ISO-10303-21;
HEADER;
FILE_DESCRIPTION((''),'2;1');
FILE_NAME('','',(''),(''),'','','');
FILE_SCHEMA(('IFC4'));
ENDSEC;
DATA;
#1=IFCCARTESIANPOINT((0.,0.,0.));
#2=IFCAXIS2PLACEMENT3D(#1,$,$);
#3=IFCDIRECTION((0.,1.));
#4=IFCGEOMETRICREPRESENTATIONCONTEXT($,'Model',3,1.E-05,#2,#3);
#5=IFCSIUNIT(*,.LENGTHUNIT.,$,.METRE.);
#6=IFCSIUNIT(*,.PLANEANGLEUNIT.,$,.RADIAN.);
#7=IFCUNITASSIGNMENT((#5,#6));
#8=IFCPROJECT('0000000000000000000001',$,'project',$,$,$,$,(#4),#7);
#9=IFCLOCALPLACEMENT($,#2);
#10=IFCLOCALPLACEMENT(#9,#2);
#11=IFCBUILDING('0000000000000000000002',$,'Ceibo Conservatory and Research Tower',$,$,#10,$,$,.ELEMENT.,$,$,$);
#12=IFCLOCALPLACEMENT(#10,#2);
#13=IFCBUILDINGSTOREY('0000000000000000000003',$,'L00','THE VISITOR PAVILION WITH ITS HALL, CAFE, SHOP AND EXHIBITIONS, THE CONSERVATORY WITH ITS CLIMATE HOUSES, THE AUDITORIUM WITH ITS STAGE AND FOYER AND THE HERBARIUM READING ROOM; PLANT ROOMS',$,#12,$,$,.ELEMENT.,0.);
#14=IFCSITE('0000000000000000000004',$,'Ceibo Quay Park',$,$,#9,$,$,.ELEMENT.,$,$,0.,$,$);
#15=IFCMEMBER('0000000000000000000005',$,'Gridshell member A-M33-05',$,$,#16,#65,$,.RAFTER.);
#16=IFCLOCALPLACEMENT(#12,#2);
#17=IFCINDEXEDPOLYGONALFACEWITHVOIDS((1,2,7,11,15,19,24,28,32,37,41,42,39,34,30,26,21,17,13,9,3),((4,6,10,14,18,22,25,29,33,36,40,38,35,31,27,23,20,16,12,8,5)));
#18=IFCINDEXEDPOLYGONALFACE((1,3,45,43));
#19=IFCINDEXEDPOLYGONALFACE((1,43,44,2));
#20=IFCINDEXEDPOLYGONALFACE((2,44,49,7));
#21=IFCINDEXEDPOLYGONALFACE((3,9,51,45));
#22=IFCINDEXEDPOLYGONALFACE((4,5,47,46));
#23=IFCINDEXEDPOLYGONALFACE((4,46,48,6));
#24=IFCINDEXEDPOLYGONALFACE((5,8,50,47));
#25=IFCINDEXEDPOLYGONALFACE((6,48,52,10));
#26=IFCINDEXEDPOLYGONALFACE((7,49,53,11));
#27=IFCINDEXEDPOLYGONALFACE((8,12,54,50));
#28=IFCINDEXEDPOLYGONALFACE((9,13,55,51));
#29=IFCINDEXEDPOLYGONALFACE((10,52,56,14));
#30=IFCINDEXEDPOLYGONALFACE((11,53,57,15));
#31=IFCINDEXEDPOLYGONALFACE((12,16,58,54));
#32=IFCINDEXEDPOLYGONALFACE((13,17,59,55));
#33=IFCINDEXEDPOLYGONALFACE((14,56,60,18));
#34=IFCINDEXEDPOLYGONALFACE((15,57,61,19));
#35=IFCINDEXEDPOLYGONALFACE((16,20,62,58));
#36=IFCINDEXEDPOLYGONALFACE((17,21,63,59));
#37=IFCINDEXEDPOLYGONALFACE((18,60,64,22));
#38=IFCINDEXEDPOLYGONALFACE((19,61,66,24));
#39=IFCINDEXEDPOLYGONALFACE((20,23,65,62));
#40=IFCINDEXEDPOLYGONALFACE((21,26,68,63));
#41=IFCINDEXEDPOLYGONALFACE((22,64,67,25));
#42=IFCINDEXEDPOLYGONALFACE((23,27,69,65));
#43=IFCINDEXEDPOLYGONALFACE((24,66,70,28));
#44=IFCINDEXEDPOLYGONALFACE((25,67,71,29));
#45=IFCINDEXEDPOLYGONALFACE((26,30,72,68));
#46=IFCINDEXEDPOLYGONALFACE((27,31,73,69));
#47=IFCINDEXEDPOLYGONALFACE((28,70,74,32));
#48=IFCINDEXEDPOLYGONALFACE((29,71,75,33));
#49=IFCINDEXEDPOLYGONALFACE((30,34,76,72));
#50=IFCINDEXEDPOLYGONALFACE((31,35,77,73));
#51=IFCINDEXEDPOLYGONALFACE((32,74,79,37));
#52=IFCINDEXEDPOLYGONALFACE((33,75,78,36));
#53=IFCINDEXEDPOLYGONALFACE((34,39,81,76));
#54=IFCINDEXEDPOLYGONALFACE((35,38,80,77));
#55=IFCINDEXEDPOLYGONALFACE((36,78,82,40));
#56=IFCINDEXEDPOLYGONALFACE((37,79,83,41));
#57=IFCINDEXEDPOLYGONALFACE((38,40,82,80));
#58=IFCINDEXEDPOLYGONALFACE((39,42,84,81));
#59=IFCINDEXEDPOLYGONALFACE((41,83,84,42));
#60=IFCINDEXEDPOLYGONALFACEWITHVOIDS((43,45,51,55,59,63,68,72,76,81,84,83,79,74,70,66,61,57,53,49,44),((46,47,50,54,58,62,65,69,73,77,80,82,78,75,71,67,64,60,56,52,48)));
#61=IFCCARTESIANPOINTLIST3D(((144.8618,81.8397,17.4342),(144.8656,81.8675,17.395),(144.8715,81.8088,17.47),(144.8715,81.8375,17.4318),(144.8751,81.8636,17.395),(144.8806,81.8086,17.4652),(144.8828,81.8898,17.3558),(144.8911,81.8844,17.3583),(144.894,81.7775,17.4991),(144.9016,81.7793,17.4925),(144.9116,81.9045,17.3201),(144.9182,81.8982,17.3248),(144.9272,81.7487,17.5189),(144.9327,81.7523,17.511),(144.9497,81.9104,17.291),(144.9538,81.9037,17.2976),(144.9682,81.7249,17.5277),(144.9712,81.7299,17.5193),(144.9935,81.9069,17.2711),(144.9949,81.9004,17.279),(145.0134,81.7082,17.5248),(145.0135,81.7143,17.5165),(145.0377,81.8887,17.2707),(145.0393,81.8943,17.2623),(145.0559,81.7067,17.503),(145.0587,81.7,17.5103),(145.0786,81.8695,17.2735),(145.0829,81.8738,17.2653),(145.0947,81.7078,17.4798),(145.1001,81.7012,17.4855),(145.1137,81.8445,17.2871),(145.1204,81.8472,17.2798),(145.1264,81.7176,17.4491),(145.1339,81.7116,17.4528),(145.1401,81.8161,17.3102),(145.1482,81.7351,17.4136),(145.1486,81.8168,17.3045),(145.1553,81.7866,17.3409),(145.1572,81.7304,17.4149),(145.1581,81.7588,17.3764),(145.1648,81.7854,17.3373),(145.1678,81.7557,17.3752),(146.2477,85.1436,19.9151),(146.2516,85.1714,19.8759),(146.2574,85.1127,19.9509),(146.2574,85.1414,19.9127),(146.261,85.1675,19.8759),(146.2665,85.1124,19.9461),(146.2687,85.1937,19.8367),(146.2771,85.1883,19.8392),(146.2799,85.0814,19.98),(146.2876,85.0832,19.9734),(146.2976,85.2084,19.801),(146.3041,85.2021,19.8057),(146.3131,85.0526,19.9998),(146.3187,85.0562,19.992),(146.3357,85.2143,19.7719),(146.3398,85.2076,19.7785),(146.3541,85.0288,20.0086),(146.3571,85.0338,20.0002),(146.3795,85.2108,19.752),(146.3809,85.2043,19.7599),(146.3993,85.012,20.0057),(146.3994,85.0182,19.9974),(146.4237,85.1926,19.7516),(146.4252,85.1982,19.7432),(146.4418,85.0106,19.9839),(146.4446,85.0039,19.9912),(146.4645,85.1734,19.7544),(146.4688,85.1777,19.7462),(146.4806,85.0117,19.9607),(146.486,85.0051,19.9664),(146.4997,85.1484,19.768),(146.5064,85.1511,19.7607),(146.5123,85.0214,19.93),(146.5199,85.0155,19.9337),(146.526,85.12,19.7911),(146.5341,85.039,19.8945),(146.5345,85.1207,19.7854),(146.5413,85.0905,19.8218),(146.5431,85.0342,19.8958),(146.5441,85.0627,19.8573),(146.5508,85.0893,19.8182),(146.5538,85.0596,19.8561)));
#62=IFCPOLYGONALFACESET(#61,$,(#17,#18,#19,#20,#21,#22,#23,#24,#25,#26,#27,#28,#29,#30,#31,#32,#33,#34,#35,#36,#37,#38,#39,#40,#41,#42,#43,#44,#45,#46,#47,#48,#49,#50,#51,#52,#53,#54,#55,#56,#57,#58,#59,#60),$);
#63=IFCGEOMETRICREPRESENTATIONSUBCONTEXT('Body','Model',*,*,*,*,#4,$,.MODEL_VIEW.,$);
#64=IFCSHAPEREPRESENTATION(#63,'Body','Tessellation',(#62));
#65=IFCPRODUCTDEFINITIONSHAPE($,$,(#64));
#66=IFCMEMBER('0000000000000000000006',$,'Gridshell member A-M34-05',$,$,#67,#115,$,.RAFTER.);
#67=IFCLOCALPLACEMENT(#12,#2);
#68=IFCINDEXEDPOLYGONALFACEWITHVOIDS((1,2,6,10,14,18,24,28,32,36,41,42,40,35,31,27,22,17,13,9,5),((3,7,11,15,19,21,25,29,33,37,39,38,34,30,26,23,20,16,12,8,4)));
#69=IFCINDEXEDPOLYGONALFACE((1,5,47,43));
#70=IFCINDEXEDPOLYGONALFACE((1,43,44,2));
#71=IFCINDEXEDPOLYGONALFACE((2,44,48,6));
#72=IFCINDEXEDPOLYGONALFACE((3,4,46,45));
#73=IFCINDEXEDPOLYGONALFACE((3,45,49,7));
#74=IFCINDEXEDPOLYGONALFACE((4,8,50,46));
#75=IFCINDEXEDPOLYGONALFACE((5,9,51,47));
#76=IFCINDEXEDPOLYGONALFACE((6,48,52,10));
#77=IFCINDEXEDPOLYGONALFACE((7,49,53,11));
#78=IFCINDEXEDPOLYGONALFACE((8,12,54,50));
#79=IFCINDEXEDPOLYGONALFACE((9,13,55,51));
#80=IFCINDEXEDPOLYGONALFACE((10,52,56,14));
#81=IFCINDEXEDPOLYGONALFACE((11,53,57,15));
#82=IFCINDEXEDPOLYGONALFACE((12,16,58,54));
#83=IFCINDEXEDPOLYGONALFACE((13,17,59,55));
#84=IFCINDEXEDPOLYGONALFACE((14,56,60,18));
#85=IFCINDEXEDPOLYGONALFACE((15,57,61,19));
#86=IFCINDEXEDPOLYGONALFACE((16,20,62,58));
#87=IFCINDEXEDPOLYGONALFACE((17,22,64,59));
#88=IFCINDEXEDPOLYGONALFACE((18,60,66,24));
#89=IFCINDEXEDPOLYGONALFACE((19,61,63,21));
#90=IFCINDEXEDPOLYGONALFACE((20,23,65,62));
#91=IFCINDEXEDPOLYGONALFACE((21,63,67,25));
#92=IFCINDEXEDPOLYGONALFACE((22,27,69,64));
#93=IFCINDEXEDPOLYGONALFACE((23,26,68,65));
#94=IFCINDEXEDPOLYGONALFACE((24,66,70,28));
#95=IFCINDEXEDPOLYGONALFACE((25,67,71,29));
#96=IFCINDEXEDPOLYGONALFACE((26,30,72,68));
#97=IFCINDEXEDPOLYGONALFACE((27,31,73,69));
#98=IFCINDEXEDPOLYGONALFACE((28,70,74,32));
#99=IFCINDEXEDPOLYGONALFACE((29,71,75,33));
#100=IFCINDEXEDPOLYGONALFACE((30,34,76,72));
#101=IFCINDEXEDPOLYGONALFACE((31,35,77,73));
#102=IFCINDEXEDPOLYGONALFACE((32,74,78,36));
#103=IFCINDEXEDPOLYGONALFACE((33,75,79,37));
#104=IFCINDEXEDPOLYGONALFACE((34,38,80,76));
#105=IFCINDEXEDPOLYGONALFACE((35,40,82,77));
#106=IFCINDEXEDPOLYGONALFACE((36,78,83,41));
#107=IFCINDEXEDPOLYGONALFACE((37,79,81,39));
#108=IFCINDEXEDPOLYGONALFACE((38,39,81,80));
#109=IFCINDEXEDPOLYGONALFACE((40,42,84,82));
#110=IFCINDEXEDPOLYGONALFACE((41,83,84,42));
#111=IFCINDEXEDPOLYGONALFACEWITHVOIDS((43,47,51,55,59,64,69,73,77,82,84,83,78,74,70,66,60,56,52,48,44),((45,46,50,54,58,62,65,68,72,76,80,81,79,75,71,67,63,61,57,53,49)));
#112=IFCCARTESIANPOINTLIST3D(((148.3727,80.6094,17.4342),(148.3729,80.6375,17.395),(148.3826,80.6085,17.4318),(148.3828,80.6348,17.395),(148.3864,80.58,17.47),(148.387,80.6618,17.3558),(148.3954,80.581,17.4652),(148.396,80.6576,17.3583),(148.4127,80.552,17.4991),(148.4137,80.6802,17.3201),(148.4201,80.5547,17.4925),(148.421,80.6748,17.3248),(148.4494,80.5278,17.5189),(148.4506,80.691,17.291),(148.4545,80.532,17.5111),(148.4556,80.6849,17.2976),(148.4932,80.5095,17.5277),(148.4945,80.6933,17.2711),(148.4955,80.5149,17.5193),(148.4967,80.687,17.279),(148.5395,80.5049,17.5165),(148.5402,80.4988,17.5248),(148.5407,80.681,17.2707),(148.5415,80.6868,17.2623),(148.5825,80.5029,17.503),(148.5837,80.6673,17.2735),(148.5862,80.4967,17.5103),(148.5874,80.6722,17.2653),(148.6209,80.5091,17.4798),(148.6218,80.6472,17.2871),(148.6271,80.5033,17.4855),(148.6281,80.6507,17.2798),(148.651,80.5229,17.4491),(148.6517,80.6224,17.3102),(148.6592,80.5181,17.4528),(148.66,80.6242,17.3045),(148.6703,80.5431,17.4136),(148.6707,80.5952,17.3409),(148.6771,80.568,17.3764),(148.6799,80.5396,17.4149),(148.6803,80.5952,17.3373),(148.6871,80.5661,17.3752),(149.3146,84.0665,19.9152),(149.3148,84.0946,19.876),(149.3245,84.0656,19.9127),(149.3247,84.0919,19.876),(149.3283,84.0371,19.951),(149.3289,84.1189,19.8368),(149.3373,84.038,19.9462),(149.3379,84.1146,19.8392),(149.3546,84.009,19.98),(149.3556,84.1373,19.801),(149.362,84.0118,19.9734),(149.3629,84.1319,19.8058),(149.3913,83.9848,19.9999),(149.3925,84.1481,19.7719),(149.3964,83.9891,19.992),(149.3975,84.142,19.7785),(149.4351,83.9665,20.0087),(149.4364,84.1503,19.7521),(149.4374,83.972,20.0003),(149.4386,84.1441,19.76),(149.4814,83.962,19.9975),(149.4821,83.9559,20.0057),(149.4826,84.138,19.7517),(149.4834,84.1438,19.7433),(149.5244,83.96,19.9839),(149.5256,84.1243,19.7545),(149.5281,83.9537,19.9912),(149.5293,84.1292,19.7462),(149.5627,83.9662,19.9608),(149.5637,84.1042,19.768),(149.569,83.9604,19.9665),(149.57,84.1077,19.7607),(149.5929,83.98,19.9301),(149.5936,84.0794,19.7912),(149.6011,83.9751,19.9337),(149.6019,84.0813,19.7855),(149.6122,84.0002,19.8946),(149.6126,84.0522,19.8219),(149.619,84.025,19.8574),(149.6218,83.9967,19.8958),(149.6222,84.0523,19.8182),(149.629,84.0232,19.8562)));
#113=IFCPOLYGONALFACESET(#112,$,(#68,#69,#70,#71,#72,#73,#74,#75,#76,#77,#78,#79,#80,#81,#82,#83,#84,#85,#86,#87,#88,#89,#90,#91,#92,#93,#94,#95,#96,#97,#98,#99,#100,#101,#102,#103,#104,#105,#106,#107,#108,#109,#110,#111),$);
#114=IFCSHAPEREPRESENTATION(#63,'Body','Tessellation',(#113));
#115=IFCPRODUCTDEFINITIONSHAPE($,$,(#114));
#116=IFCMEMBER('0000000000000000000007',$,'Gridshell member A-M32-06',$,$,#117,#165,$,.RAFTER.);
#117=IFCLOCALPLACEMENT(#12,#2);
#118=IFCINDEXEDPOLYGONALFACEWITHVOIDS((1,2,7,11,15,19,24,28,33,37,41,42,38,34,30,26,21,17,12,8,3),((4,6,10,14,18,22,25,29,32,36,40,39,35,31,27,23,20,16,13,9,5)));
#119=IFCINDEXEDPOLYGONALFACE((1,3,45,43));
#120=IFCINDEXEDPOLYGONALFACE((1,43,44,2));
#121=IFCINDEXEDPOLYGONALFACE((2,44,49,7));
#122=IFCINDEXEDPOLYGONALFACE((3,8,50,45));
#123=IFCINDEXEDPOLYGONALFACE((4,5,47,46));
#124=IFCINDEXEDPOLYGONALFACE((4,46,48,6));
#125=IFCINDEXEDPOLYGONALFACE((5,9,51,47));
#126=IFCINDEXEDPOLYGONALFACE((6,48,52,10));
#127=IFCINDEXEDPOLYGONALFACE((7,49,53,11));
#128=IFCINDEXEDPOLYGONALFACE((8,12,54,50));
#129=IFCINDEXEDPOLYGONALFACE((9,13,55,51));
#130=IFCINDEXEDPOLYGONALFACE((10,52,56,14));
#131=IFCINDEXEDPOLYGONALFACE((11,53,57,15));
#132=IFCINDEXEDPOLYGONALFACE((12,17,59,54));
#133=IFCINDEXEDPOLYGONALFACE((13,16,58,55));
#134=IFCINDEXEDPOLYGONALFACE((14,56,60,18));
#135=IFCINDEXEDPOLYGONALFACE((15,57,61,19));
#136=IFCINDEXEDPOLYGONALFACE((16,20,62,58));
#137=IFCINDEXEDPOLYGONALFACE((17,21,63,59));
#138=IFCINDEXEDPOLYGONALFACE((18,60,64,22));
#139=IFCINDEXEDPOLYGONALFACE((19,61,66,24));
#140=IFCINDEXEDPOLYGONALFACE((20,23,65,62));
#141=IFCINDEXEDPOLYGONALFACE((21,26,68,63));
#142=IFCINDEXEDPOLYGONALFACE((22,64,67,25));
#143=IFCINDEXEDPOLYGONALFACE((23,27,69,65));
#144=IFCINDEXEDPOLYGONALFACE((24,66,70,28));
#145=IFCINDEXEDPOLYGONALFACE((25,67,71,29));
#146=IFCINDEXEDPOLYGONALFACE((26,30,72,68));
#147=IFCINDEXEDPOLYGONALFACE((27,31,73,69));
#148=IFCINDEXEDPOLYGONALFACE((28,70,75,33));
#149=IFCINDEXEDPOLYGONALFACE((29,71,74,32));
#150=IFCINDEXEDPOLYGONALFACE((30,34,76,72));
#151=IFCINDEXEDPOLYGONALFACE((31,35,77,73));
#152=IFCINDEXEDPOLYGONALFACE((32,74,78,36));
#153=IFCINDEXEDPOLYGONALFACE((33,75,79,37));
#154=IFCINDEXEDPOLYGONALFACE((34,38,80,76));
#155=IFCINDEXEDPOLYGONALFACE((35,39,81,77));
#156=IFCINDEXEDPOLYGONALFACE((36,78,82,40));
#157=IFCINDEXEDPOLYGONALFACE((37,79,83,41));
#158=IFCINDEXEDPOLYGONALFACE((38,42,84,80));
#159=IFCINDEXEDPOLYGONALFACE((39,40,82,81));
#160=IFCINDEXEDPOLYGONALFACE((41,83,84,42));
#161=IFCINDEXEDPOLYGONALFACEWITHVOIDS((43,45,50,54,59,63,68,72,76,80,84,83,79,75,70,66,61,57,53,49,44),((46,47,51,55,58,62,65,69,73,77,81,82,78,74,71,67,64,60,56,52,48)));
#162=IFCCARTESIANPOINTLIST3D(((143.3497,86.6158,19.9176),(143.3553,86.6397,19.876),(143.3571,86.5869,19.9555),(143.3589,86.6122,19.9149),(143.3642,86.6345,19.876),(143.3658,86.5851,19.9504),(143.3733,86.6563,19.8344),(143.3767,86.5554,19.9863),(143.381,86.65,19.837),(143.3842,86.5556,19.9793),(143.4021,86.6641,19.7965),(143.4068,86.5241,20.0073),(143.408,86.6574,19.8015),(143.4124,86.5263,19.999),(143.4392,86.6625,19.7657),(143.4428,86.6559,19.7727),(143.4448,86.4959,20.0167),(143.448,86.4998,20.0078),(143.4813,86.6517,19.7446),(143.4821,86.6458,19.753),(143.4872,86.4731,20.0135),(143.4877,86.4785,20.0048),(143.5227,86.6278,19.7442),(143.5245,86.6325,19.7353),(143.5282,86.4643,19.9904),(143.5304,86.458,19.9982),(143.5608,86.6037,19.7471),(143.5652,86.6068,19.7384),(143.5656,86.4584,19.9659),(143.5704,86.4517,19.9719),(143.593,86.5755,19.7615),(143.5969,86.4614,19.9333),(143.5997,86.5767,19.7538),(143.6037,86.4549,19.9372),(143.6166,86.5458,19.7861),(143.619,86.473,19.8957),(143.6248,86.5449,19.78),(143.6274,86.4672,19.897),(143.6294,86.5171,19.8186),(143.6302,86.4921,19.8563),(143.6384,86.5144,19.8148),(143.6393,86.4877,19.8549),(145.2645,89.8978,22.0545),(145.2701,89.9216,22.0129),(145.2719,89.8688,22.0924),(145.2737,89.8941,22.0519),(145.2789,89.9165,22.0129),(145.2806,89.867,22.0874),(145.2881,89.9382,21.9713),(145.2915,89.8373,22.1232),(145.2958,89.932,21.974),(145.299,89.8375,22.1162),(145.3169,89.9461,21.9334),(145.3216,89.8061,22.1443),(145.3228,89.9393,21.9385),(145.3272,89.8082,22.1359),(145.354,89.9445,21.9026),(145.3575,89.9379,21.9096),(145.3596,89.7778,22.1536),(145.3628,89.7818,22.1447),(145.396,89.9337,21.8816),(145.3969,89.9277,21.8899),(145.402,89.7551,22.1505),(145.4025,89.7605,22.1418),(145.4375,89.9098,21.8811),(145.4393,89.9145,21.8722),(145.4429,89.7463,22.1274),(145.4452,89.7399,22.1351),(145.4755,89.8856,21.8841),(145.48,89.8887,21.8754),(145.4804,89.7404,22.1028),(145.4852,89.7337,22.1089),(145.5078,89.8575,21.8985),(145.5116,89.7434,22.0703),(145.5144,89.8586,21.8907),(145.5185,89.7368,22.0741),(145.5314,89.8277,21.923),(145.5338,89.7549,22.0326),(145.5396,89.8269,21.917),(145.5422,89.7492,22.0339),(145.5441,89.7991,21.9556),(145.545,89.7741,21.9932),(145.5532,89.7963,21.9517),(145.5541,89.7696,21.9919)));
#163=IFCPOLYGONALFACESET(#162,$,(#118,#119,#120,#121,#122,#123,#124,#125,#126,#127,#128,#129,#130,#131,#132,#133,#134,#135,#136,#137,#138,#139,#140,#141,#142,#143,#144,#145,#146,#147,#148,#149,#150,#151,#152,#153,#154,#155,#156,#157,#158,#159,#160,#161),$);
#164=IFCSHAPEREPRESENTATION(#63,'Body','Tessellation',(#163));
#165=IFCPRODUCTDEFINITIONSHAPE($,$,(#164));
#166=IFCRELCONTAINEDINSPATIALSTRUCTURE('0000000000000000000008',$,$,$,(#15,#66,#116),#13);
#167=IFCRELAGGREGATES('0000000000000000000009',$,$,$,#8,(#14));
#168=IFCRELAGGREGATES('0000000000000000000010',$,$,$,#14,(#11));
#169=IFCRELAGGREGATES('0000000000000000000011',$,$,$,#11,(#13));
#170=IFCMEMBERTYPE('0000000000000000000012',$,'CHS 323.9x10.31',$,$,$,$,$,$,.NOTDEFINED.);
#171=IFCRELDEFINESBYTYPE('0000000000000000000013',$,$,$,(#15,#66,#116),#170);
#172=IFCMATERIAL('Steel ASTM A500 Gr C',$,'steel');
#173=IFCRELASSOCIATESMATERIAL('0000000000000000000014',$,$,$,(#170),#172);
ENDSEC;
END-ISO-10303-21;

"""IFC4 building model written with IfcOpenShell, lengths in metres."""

from ifc_helpers import new_model, si_unit, direction, frame, origin, origin_2d, place, context, subcontext, project, spatial, hollow_circle, extrude, material, material_profile, profile_set, type_object, element, save


model = new_model("IFC4")

# Units and contexts
model_context = context("Model", 3, precision=1e-05, world=origin(), true_north=direction((0.0, 1.0)))
body_context = subcontext(model_context, "Body", "Model", "MODEL_VIEW")
ifc_project = project(units=[si_unit("LENGTHUNIT", "METRE"), si_unit("PLANEANGLEUNIT", "RADIAN")], contexts=[model_context])

# Site, building, storey
site_placement = place(None, origin())
site = spatial("IfcSite", under=ifc_project, at=site_placement, Name="Ceibo Quay Park", CompositionType="ELEMENT", RefElevation=0.0)
building_placement = place(site_placement, origin())
building = spatial("IfcBuilding", under=site, at=building_placement, Name="Ceibo Conservatory and Research Tower", CompositionType="ELEMENT")
storey_placement = place(building_placement, origin())
storey = spatial("IfcBuildingStorey", under=building, at=storey_placement, Name="L00", Description="THE VISITOR PAVILION WITH ITS HALL, CAFE, SHOP AND EXHIBITIONS, THE CONSERVATORY WITH ITS CLIMATE HOUSES, THE AUDITORIUM WITH ITS STAGE AND FOYER AND THE HERBARIUM READING ROOM; PLANT ROOMS", CompositionType="ELEMENT", Elevation=0.0)

# Members
ifc_material_1 = material(Name="Steel ASTM A500 Gr C", Category="steel")
ifc_material_profile_1 = material_profile(ifc_material_1, hollow_circle(Radius=0.1619, WallThickness=0.0103, at=origin_2d()), Name="CHS 323.9x10.31")
ifc_profile_set_1 = profile_set([ifc_material_profile_1], Name="Steel ASTM A500 Gr C")
member_type_1 = type_object("IfcMemberType", Name="CHS 323.9x10.31", PredefinedType="NOTDEFINED", material=ifc_profile_set_1)
member_1_placement = place(storey_placement, frame((145.0149, 81.8049, 17.395), z_axis=(0.318032, 0.758134, 0.569287), x_axis=(-0.922149, 0.386835, 0.0)))
element("IfcMember", 1, at=member_1_placement, inside=storey, type_object=member_type_1, Name="Gridshell member A-M33-05", PredefinedType="RAFTER", context=body_context, shape_type="SweptSolid", body=[
    extrude(hollow_circle(Radius=0.1619, WallThickness=0.0103, at=origin_2d()), origin(), (0.0, 0.0, 1.0), 4.3579),
])
member_2_placement = place(storey_placement, frame((148.5291, 80.595, 17.395), z_axis=(0.216123, 0.793236, 0.56927), x_axis=(-0.96483, 0.262875, 0.0)))
element("IfcMember", 2, at=member_2_placement, inside=storey, type_object=member_type_1, Name="Gridshell member A-M34-05", PredefinedType="RAFTER", context=body_context, shape_type="SweptSolid", body=[
    extrude(hollow_circle(Radius=0.1619, WallThickness=0.0103, at=origin_2d()), origin(), (0.0, 0.0, 1.0), 4.3582),
])
member_3_placement = place(storey_placement, frame((143.4951, 86.5581, 19.876), z_axis=(0.439233, 0.75285, 0.490195), x_axis=(-0.863744, 0.503931, 0.0)))
element("IfcMember", 3, at=member_3_placement, inside=storey, type_object=member_type_1, Name="Gridshell member A-M32-06", PredefinedType="RAFTER", context=body_context, shape_type="SweptSolid", body=[
    extrude(hollow_circle(Radius=0.1619, WallThickness=0.0103, at=origin_2d()), origin(), (0.0, 0.0, 1.0), 4.3594),
])

save(model, "model.ifc")
